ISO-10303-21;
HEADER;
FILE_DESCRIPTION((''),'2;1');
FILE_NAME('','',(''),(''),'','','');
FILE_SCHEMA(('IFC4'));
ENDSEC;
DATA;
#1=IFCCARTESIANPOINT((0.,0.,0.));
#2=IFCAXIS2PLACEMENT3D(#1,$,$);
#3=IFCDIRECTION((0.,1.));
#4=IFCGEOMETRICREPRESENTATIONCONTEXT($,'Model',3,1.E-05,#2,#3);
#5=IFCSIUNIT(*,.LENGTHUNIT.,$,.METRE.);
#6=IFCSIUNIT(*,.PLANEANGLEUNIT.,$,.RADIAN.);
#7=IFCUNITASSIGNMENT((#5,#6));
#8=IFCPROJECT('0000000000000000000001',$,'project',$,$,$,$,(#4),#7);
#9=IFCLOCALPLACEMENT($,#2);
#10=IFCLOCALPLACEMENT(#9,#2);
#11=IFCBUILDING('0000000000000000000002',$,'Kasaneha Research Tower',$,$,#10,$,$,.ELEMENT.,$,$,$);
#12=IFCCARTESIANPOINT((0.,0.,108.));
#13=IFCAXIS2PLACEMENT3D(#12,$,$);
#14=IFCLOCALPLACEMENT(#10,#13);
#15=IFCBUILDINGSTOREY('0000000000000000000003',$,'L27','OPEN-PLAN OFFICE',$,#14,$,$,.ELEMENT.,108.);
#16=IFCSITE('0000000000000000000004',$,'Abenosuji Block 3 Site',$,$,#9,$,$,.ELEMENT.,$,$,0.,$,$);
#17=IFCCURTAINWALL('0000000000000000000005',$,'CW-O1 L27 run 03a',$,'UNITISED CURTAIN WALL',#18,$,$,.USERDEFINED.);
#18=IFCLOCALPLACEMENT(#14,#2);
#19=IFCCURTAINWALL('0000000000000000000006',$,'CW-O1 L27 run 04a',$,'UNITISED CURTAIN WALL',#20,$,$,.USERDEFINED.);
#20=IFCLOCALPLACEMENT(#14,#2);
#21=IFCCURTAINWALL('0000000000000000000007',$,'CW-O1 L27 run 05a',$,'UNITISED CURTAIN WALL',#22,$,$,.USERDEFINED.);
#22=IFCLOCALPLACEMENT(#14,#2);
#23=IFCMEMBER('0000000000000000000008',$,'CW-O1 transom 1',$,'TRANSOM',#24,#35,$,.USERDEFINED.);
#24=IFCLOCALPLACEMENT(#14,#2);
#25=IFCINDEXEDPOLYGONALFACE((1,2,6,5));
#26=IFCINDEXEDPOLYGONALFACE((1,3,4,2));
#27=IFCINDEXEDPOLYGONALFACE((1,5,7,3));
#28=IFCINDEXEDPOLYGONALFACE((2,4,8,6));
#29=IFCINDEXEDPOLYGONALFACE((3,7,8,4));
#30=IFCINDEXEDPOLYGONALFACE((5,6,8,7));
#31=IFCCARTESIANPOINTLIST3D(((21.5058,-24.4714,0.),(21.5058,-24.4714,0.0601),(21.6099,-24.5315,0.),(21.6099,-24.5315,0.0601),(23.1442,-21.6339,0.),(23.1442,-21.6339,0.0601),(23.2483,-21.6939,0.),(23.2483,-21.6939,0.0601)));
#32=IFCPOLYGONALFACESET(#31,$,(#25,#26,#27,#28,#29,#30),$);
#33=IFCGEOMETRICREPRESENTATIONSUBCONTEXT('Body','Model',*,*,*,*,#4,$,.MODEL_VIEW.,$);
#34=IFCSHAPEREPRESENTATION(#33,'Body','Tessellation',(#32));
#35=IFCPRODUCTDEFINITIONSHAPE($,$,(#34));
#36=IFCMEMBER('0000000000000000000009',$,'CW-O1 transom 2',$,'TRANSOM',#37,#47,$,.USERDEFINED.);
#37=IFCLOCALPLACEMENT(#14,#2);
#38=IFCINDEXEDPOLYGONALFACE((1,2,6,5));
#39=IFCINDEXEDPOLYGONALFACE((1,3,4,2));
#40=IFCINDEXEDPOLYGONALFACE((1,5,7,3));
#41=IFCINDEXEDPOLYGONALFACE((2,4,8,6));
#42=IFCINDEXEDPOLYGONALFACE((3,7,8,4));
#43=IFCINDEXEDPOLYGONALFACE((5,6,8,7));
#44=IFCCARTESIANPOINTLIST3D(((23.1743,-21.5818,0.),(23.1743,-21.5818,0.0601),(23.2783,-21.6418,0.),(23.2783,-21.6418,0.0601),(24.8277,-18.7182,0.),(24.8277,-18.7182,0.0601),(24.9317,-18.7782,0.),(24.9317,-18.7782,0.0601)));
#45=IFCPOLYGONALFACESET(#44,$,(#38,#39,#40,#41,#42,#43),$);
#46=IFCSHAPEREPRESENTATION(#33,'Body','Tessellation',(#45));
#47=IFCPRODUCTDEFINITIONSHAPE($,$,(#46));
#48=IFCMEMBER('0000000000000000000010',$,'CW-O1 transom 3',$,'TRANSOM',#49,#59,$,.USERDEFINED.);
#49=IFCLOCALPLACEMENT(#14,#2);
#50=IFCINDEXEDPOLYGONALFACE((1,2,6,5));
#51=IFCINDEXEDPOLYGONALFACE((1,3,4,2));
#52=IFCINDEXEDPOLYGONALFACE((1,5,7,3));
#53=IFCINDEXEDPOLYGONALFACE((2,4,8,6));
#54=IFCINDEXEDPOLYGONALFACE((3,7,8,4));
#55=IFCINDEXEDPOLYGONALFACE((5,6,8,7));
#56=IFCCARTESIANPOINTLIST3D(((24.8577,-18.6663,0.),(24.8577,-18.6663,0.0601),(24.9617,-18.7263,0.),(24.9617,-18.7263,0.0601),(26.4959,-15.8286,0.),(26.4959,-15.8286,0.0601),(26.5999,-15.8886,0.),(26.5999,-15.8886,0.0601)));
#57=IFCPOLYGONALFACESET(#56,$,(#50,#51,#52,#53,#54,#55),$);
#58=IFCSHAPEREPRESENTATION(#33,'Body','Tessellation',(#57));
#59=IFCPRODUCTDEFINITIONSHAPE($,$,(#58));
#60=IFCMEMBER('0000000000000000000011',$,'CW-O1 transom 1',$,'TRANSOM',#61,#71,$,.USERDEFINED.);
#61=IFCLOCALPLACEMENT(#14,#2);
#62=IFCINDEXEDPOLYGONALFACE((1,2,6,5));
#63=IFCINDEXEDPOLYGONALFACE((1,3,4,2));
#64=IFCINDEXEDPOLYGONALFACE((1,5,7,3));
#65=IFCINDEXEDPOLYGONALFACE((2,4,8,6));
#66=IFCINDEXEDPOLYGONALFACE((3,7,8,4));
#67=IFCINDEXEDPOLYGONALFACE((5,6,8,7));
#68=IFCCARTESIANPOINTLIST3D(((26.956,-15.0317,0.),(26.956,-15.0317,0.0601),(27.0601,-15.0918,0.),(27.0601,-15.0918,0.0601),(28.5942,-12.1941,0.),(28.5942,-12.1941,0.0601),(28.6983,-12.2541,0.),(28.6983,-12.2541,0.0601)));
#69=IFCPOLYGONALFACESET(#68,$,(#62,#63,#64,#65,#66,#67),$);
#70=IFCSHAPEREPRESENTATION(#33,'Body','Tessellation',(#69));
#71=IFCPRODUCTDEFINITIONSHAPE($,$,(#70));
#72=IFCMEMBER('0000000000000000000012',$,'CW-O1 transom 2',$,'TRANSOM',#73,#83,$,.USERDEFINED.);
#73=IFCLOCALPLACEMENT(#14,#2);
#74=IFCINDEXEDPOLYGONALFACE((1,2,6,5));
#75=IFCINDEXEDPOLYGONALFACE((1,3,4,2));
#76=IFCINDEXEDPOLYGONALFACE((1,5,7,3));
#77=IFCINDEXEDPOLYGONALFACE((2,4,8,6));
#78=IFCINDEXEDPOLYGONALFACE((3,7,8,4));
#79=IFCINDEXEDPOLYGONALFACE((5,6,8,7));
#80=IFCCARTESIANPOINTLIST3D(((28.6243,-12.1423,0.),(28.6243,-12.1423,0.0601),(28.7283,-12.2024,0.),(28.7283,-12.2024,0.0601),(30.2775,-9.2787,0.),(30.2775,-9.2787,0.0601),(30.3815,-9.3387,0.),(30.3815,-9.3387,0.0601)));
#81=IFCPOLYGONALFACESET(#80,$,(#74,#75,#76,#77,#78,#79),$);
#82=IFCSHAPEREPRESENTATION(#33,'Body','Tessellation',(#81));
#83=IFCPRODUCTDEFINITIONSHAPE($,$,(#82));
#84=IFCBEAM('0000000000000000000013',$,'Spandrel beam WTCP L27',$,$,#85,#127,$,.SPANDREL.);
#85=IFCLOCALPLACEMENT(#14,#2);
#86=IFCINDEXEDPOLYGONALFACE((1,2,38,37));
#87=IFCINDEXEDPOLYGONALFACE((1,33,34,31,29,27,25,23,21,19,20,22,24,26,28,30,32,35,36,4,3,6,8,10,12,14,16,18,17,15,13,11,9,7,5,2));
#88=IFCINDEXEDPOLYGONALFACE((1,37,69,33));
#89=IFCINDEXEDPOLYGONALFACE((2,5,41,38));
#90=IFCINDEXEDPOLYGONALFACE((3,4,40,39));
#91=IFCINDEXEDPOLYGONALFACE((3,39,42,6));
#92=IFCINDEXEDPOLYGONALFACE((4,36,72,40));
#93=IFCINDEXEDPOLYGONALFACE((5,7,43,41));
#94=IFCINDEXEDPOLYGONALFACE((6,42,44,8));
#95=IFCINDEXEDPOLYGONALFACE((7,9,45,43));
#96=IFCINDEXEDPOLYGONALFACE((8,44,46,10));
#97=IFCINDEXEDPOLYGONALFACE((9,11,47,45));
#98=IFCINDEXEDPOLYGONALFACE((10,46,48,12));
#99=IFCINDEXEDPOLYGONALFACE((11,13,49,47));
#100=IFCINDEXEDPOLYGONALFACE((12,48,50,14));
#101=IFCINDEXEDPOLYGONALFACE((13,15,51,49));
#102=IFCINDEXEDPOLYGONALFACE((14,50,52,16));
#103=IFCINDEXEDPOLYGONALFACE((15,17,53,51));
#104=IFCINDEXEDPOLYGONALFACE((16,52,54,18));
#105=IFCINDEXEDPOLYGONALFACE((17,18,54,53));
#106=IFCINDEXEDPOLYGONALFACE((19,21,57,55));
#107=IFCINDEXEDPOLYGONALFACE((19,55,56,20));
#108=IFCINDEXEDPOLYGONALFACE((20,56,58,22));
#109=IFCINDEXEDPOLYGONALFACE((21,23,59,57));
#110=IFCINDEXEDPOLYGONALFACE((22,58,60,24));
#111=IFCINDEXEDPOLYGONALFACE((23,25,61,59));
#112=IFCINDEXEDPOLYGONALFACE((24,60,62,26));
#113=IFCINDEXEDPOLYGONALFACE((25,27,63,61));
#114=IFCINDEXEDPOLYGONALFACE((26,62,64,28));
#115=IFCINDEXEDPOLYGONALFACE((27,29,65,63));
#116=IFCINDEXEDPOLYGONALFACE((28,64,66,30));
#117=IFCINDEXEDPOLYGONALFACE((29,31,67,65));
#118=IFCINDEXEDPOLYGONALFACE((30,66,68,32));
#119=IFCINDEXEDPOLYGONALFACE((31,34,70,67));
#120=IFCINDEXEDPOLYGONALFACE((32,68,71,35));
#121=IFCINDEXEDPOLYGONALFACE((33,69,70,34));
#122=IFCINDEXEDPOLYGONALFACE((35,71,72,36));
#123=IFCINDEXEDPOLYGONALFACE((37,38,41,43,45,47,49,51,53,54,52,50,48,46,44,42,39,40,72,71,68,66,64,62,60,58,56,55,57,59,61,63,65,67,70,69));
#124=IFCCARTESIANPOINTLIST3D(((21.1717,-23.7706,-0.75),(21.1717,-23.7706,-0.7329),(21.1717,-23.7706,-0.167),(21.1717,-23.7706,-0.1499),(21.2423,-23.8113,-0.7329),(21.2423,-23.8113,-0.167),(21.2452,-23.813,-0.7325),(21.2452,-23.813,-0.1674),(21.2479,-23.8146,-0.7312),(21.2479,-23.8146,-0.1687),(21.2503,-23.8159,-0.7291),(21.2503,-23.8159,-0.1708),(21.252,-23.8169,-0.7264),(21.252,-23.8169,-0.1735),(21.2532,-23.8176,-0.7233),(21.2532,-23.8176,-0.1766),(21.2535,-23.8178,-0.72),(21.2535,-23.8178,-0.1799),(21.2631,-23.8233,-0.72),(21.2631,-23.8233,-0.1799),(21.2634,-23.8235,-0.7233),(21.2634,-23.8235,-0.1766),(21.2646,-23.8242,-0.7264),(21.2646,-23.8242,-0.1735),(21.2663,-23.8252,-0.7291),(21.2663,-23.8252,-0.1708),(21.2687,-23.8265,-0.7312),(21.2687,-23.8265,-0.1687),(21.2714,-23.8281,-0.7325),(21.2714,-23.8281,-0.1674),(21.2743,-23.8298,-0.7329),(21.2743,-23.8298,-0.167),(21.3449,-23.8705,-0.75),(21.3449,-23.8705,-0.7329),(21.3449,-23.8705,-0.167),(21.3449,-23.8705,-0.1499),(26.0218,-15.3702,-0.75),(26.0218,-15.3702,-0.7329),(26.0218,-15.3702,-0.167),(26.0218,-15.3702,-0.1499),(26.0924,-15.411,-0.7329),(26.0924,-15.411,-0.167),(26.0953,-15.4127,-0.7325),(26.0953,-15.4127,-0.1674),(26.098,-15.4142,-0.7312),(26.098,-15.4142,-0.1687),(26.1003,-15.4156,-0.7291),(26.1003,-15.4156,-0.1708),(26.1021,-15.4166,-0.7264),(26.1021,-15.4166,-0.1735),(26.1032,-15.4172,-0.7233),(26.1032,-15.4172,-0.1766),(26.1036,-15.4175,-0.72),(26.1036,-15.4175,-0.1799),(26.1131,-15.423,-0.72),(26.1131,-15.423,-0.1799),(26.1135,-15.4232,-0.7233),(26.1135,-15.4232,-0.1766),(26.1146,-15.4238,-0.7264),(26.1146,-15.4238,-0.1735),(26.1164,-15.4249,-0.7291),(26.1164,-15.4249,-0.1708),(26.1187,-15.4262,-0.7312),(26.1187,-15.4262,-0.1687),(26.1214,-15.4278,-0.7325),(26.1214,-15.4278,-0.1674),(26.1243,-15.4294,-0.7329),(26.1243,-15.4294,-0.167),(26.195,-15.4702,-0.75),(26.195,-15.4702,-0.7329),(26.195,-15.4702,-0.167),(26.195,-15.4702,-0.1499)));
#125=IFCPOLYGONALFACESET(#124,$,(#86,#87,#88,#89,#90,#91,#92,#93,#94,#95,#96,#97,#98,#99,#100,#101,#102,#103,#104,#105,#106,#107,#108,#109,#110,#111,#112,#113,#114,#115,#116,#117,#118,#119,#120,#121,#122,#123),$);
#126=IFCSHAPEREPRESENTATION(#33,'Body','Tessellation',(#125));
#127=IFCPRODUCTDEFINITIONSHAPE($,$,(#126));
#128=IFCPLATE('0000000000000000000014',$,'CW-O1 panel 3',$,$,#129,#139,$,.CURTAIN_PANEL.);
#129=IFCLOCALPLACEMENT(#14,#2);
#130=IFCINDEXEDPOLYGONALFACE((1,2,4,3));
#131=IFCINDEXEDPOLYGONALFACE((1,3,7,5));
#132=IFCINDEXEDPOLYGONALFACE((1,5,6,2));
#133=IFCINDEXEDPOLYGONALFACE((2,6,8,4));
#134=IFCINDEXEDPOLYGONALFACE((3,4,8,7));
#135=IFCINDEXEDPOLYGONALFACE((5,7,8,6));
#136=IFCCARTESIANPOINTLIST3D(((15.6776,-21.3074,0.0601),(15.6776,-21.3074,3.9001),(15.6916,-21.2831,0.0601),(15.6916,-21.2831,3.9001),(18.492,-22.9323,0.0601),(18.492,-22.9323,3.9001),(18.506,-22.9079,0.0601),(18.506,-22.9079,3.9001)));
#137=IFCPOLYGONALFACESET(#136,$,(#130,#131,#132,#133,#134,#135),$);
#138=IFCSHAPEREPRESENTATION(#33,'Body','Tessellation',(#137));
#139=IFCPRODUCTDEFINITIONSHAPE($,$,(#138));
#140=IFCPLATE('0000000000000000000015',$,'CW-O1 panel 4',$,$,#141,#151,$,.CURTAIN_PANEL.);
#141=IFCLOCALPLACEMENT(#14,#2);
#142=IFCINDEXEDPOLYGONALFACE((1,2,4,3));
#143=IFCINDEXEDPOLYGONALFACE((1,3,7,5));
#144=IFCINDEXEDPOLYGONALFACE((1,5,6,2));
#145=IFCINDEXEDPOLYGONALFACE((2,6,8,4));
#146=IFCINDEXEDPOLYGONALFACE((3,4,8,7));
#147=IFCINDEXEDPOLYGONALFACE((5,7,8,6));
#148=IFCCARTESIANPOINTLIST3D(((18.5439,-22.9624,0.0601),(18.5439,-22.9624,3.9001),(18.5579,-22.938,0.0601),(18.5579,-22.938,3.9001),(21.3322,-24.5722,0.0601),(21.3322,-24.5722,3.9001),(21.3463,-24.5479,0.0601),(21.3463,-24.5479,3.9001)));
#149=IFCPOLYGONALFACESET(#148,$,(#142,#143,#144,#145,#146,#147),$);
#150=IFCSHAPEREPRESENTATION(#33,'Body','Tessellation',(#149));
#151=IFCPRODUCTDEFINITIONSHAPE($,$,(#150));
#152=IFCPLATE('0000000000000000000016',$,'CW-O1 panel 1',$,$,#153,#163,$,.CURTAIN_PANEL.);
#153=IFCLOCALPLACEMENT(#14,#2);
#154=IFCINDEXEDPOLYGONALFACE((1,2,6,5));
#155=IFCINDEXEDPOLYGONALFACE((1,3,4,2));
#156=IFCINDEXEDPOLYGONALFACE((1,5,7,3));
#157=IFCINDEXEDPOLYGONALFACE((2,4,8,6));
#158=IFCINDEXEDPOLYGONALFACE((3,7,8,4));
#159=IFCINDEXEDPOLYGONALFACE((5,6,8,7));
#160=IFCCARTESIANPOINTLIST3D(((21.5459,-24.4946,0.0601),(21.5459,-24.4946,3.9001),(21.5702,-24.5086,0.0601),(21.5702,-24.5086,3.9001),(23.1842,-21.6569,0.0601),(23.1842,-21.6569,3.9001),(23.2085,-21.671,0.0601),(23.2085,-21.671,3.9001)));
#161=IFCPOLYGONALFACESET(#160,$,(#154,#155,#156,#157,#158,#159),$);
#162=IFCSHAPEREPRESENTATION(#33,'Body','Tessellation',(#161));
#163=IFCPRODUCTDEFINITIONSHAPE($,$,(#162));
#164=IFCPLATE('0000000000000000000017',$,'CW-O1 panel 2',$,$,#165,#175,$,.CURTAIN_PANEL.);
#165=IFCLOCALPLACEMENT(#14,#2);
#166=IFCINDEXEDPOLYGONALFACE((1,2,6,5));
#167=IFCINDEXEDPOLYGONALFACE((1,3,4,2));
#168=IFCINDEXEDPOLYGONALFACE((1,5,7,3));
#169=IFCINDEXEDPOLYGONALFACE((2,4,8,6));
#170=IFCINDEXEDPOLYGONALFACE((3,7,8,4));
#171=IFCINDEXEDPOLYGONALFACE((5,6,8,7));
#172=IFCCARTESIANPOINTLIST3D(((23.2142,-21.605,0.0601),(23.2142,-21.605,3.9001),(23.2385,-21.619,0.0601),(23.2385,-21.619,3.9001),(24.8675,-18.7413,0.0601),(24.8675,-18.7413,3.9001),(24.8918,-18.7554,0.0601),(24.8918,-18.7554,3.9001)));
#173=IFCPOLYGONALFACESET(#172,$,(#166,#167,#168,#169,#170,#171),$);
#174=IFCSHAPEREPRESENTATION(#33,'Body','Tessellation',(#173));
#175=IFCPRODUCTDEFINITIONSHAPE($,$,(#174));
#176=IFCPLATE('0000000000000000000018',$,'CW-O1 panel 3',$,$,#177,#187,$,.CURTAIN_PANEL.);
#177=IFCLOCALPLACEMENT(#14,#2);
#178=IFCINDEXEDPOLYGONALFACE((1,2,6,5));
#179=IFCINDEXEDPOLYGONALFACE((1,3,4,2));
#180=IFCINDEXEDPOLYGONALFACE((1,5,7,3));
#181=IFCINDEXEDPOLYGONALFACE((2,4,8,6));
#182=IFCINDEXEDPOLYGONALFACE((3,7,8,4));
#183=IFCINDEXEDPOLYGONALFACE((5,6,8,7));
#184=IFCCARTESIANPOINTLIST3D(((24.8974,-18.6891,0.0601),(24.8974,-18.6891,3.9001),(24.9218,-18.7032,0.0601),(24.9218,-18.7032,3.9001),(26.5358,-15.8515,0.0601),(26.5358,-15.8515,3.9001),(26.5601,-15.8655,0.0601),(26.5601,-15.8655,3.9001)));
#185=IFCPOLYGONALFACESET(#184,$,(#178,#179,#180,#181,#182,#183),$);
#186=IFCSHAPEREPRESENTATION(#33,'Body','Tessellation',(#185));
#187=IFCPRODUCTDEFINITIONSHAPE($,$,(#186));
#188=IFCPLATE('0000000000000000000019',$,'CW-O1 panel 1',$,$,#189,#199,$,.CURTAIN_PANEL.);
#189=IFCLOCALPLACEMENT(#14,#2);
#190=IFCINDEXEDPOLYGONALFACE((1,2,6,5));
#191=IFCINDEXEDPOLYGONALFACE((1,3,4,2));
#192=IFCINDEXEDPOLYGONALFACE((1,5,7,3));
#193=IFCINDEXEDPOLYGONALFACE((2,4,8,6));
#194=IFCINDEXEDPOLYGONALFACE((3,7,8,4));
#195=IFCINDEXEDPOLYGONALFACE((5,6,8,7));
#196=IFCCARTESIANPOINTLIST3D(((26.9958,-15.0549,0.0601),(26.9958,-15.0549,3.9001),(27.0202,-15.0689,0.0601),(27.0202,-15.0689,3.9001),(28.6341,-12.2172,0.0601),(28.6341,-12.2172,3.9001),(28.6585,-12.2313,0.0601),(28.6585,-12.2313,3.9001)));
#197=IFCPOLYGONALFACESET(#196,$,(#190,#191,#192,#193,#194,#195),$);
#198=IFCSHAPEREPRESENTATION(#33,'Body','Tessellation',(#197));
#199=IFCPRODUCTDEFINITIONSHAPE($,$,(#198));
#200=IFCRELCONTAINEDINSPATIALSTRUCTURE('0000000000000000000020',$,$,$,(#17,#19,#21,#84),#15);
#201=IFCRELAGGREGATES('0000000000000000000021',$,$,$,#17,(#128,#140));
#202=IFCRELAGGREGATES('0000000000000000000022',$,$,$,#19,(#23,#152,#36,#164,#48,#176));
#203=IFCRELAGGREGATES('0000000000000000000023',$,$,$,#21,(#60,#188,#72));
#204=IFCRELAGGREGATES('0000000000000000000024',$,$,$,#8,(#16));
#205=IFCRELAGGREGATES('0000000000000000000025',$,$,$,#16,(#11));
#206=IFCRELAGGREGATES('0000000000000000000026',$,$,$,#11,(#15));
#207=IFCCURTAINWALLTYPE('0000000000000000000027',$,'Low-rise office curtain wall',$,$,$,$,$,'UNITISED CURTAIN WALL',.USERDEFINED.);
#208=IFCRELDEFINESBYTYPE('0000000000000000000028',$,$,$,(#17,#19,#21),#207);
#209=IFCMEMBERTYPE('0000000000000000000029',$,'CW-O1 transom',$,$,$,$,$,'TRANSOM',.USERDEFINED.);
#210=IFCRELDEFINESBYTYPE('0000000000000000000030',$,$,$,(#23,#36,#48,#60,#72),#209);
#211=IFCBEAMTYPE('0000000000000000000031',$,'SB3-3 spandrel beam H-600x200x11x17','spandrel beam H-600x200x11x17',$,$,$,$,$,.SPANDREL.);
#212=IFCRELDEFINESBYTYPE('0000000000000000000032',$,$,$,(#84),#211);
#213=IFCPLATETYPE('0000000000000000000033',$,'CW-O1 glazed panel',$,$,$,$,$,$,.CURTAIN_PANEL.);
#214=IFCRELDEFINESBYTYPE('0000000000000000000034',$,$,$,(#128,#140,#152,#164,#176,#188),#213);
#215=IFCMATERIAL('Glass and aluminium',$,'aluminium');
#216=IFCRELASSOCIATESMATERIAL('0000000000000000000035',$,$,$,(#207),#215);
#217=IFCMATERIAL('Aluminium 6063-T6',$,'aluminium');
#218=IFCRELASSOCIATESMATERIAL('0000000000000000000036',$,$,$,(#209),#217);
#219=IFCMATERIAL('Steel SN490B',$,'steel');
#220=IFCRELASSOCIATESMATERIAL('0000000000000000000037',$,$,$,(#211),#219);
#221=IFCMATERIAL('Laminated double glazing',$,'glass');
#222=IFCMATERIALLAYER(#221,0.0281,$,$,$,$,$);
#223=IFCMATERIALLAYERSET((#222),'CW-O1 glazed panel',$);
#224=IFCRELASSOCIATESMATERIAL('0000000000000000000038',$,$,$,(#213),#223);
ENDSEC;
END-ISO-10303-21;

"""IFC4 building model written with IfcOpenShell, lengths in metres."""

from ifc_helpers import new_model, si_unit, direction, frame, origin, origin_2d, place, context, subcontext, project, spatial, rectangle, i_section, extrude, material, layer, layer_set, material_profile, profile_set, type_object, element, aggregate, save


model = new_model("IFC4")

# Units and contexts
model_context = context("Model", 3, precision=1e-05, world=origin(), true_north=direction((0.0, 1.0)))
body_context = subcontext(model_context, "Body", "Model", "MODEL_VIEW")
ifc_project = project(units=[si_unit("LENGTHUNIT", "METRE"), si_unit("PLANEANGLEUNIT", "RADIAN")], contexts=[model_context])

# Site, building, storey
site_placement = place(None, origin())
site = spatial("IfcSite", under=ifc_project, at=site_placement, Name="Abenosuji Block 3 Site", CompositionType="ELEMENT", RefElevation=0.0)
building_placement = place(site_placement, origin())
building = spatial("IfcBuilding", under=site, at=building_placement, Name="Kasaneha Research Tower", CompositionType="ELEMENT")
storey_placement = place(building_placement, frame((0.0, 0.0, 108.0)))
storey = spatial("IfcBuildingStorey", under=building, at=storey_placement, Name="L27", Description="OPEN-PLAN OFFICE", CompositionType="ELEMENT", Elevation=108.0)

# Curtain walls
ifc_material_1 = material(Name="Glass and aluminium", Category="aluminium")
curtain_wall_type = type_object("IfcCurtainWallType", Name="Low-rise office curtain wall", ElementType="UNITISED CURTAIN WALL", PredefinedType="USERDEFINED", material=ifc_material_1)
curtain_wall_1_placement = place(storey_placement, origin())
curtain_wall_1 = element("IfcCurtainWall", 1, at=curtain_wall_1_placement, inside=storey, type_object=curtain_wall_type, Name="CW-O1 L27 run 03a", ObjectType="UNITISED CURTAIN WALL", PredefinedType="USERDEFINED")
curtain_wall_2_placement = place(storey_placement, origin())
curtain_wall_2 = element("IfcCurtainWall", 2, at=curtain_wall_2_placement, inside=storey, type_object=curtain_wall_type, Name="CW-O1 L27 run 04a", ObjectType="UNITISED CURTAIN WALL", PredefinedType="USERDEFINED")
curtain_wall_3_placement = place(storey_placement, origin())
curtain_wall_3 = element("IfcCurtainWall", 3, at=curtain_wall_3_placement, inside=storey, type_object=curtain_wall_type, Name="CW-O1 L27 run 05a", ObjectType="UNITISED CURTAIN WALL", PredefinedType="USERDEFINED")

# Members
ifc_material_2 = material(Name="Aluminium 6063-T6", Category="aluminium")
ifc_material_profile_1 = material_profile(ifc_material_2, rectangle(XDim=0.1201, YDim=0.0601, at=origin_2d()), Name="CW-O1 transom 120x60")
ifc_profile_set_1 = profile_set([ifc_material_profile_1], Name="Aluminium 6063-T6")
member_type_1 = type_object("IfcMemberType", Name="CW-O1 transom", ElementType="TRANSOM", PredefinedType="USERDEFINED", material=ifc_profile_set_1)
member_1_placement = place(storey_placement, frame((21.5579, -24.5015, 0.03), z_axis=(0.500026, 0.866011, 0.0), x_axis=(-0.866011, 0.500026, 0.0)))
member_1 = element("IfcMember", 4, at=member_1_placement, type_object=member_type_1, Name="CW-O1 transom 1", ObjectType="TRANSOM", PredefinedType="USERDEFINED", context=body_context, shape_type="SweptSolid", body=[
    extrude(rectangle(XDim=0.1201, YDim=0.0601, at=origin_2d()), origin(), (0.0, 0.0, 1.0), 3.2766),
])
member_2_placement = place(storey_placement, frame((23.2263, -21.6118, 0.03), z_axis=(0.500014, 0.866017, 0.0), x_axis=(-0.866017, 0.500014, 0.0)))
member_2 = element("IfcMember", 5, at=member_2_placement, type_object=member_type_1, Name="CW-O1 transom 2", ObjectType="TRANSOM", PredefinedType="USERDEFINED", context=body_context, shape_type="SweptSolid", body=[
    extrude(rectangle(XDim=0.1201, YDim=0.0601, at=origin_2d()), origin(), (0.0, 0.0, 1.0), 3.3066),
])
member_3_placement = place(storey_placement, frame((24.9097, -18.6963, 0.03), z_axis=(0.49997, 0.866043, 0.0), x_axis=(-0.866043, 0.49997, 0.0)))
member_3 = element("IfcMember", 6, at=member_3_placement, type_object=member_type_1, Name="CW-O1 transom 3", ObjectType="TRANSOM", PredefinedType="USERDEFINED", context=body_context, shape_type="SweptSolid", body=[
    extrude(rectangle(XDim=0.1201, YDim=0.0601, at=origin_2d()), origin(), (0.0, 0.0, 1.0), 3.2766),
])
member_4_placement = place(storey_placement, frame((27.0081, -15.0618, 0.03), z_axis=(0.49997, 0.866043, 0.0), x_axis=(-0.866043, 0.49997, 0.0)))
member_4 = element("IfcMember", 7, at=member_4_placement, type_object=member_type_1, Name="CW-O1 transom 1", ObjectType="TRANSOM", PredefinedType="USERDEFINED", context=body_context, shape_type="SweptSolid", body=[
    extrude(rectangle(XDim=0.1201, YDim=0.0601, at=origin_2d()), origin(), (0.0, 0.0, 1.0), 3.2766),
])
member_5_placement = place(storey_placement, frame((28.6763, -12.1724, 0.03), z_axis=(0.499982, 0.866036, 0.0), x_axis=(-0.866036, 0.499982, 0.0)))
member_5 = element("IfcMember", 8, at=member_5_placement, type_object=member_type_1, Name="CW-O1 transom 2", ObjectType="TRANSOM", PredefinedType="USERDEFINED", context=body_context, shape_type="SweptSolid", body=[
    extrude(rectangle(XDim=0.1201, YDim=0.0601, at=origin_2d()), origin(), (0.0, 0.0, 1.0), 3.3066),
])

# Beam
ifc_material_3 = material(Name="Steel SN490B", Category="steel")
ifc_material_profile_2 = material_profile(ifc_material_3, i_section(OverallWidth=0.2, OverallDepth=0.6001, WebThickness=0.011, FlangeThickness=0.0171, FilletRadius=0.0129, at=origin_2d()), Name="H-600x200x11x17")
ifc_profile_set_2 = profile_set([ifc_material_profile_2], Name="Steel SN490B")
beam_type_1 = type_object("IfcBeamType", Name="SB3-3 spandrel beam H-600x200x11x17", Description="spandrel beam H-600x200x11x17", PredefinedType="SPANDREL", material=ifc_profile_set_2)
beam_1_placement = place(storey_placement, frame((21.2583, -23.8206, -0.45), z_axis=(0.50001, 0.86602, 0.0), x_axis=(-0.86602, 0.50001, 0.0)))
element("IfcBeam", 9, at=beam_1_placement, inside=storey, type_object=beam_type_1, Name="Spandrel beam WTCP L27", PredefinedType="SPANDREL", context=body_context, shape_type="SweptSolid", body=[
    extrude(i_section(OverallWidth=0.2, OverallDepth=0.6001, WebThickness=0.011, FlangeThickness=0.0171, FilletRadius=0.0129, at=origin_2d()), origin(), (0.0, 0.0, 1.0), 9.7),
])

# Plates
ifc_material_4 = material(Name="Laminated double glazing", Category="glass")
ifc_layer_1 = layer(ifc_material_4, 0.0281)
ifc_layer_set_1 = layer_set([ifc_layer_1], Name="CW-O1 glazed panel")
plate_type = type_object("IfcPlateType", Name="CW-O1 glazed panel", PredefinedType="CURTAIN_PANEL", material=ifc_layer_set_1)
plate_1_placement = place(storey_placement, frame((17.0918, -22.1077, 0.0601), z_axis=(0.0, 0.0, 1.0), x_axis=(0.866025, -0.5, 0.0)))
plate_1 = element("IfcPlate", 10, at=plate_1_placement, type_object=plate_type, Name="CW-O1 panel 3", PredefinedType="CURTAIN_PANEL", context=body_context, shape_type="SweptSolid", body=[
    extrude(rectangle(XDim=3.2498, YDim=0.0281, at=origin_2d()), origin(), (0.0, 0.0, 1.0), 3.8401),
])
plate_2_placement = place(storey_placement, frame((19.9451, -23.7551, 0.0601), z_axis=(0.0, 0.0, 1.0), x_axis=(0.866025, -0.5, 0.0)))
plate_2 = element("IfcPlate", 11, at=plate_2_placement, type_object=plate_type, Name="CW-O1 panel 4", PredefinedType="CURTAIN_PANEL", context=body_context, shape_type="SweptSolid", body=[
    extrude(rectangle(XDim=3.2197, YDim=0.0281, at=origin_2d()), origin(), (0.0, 0.0, 1.0), 3.8401),
])
aggregate(curtain_wall_1, [plate_1, plate_2])
plate_3_placement = place(storey_placement, frame((22.3772, -23.0828, 0.0601), z_axis=(0.0, 0.0, 1.0), x_axis=(0.5, 0.866025, 0.0)))
plate_3 = element("IfcPlate", 12, at=plate_3_placement, type_object=plate_type, Name="CW-O1 panel 1", PredefinedType="CURTAIN_PANEL", context=body_context, shape_type="SweptSolid", body=[
    extrude(rectangle(XDim=3.2766, YDim=0.0281, at=origin_2d()), origin(), (0.0, 0.0, 1.0), 3.8401),
])
plate_4_placement = place(storey_placement, frame((24.053, -20.1802, 0.0601), z_axis=(0.0, 0.0, 1.0), x_axis=(0.5, 0.866025, 0.0)))
plate_4 = element("IfcPlate", 13, at=plate_4_placement, type_object=plate_type, Name="CW-O1 panel 2", PredefinedType="CURTAIN_PANEL", context=body_context, shape_type="SweptSolid", body=[
    extrude(rectangle(XDim=3.3066, YDim=0.0281, at=origin_2d()), origin(), (0.0, 0.0, 1.0), 3.8401),
])
plate_5_placement = place(storey_placement, frame((25.7288, -17.2773, 0.0601), z_axis=(0.0, 0.0, 1.0), x_axis=(0.5, 0.866025, 0.0)))
plate_5 = element("IfcPlate", 14, at=plate_5_placement, type_object=plate_type, Name="CW-O1 panel 3", PredefinedType="CURTAIN_PANEL", context=body_context, shape_type="SweptSolid", body=[
    extrude(rectangle(XDim=3.2766, YDim=0.0281, at=origin_2d()), origin(), (0.0, 0.0, 1.0), 3.8401),
])
aggregate(curtain_wall_2, [member_1, plate_3, member_2, plate_4, member_3, plate_5])
plate_6_placement = place(storey_placement, frame((27.8271, -13.6431, 0.0601), z_axis=(0.0, 0.0, 1.0), x_axis=(0.5, 0.866025, 0.0)))
plate_6 = element("IfcPlate", 15, at=plate_6_placement, type_object=plate_type, Name="CW-O1 panel 1", PredefinedType="CURTAIN_PANEL", context=body_context, shape_type="SweptSolid", body=[
    extrude(rectangle(XDim=3.2766, YDim=0.0281, at=origin_2d()), origin(), (0.0, 0.0, 1.0), 3.8401),
])
aggregate(curtain_wall_3, [member_4, plate_6, member_5])

save(model, "model.ifc")
